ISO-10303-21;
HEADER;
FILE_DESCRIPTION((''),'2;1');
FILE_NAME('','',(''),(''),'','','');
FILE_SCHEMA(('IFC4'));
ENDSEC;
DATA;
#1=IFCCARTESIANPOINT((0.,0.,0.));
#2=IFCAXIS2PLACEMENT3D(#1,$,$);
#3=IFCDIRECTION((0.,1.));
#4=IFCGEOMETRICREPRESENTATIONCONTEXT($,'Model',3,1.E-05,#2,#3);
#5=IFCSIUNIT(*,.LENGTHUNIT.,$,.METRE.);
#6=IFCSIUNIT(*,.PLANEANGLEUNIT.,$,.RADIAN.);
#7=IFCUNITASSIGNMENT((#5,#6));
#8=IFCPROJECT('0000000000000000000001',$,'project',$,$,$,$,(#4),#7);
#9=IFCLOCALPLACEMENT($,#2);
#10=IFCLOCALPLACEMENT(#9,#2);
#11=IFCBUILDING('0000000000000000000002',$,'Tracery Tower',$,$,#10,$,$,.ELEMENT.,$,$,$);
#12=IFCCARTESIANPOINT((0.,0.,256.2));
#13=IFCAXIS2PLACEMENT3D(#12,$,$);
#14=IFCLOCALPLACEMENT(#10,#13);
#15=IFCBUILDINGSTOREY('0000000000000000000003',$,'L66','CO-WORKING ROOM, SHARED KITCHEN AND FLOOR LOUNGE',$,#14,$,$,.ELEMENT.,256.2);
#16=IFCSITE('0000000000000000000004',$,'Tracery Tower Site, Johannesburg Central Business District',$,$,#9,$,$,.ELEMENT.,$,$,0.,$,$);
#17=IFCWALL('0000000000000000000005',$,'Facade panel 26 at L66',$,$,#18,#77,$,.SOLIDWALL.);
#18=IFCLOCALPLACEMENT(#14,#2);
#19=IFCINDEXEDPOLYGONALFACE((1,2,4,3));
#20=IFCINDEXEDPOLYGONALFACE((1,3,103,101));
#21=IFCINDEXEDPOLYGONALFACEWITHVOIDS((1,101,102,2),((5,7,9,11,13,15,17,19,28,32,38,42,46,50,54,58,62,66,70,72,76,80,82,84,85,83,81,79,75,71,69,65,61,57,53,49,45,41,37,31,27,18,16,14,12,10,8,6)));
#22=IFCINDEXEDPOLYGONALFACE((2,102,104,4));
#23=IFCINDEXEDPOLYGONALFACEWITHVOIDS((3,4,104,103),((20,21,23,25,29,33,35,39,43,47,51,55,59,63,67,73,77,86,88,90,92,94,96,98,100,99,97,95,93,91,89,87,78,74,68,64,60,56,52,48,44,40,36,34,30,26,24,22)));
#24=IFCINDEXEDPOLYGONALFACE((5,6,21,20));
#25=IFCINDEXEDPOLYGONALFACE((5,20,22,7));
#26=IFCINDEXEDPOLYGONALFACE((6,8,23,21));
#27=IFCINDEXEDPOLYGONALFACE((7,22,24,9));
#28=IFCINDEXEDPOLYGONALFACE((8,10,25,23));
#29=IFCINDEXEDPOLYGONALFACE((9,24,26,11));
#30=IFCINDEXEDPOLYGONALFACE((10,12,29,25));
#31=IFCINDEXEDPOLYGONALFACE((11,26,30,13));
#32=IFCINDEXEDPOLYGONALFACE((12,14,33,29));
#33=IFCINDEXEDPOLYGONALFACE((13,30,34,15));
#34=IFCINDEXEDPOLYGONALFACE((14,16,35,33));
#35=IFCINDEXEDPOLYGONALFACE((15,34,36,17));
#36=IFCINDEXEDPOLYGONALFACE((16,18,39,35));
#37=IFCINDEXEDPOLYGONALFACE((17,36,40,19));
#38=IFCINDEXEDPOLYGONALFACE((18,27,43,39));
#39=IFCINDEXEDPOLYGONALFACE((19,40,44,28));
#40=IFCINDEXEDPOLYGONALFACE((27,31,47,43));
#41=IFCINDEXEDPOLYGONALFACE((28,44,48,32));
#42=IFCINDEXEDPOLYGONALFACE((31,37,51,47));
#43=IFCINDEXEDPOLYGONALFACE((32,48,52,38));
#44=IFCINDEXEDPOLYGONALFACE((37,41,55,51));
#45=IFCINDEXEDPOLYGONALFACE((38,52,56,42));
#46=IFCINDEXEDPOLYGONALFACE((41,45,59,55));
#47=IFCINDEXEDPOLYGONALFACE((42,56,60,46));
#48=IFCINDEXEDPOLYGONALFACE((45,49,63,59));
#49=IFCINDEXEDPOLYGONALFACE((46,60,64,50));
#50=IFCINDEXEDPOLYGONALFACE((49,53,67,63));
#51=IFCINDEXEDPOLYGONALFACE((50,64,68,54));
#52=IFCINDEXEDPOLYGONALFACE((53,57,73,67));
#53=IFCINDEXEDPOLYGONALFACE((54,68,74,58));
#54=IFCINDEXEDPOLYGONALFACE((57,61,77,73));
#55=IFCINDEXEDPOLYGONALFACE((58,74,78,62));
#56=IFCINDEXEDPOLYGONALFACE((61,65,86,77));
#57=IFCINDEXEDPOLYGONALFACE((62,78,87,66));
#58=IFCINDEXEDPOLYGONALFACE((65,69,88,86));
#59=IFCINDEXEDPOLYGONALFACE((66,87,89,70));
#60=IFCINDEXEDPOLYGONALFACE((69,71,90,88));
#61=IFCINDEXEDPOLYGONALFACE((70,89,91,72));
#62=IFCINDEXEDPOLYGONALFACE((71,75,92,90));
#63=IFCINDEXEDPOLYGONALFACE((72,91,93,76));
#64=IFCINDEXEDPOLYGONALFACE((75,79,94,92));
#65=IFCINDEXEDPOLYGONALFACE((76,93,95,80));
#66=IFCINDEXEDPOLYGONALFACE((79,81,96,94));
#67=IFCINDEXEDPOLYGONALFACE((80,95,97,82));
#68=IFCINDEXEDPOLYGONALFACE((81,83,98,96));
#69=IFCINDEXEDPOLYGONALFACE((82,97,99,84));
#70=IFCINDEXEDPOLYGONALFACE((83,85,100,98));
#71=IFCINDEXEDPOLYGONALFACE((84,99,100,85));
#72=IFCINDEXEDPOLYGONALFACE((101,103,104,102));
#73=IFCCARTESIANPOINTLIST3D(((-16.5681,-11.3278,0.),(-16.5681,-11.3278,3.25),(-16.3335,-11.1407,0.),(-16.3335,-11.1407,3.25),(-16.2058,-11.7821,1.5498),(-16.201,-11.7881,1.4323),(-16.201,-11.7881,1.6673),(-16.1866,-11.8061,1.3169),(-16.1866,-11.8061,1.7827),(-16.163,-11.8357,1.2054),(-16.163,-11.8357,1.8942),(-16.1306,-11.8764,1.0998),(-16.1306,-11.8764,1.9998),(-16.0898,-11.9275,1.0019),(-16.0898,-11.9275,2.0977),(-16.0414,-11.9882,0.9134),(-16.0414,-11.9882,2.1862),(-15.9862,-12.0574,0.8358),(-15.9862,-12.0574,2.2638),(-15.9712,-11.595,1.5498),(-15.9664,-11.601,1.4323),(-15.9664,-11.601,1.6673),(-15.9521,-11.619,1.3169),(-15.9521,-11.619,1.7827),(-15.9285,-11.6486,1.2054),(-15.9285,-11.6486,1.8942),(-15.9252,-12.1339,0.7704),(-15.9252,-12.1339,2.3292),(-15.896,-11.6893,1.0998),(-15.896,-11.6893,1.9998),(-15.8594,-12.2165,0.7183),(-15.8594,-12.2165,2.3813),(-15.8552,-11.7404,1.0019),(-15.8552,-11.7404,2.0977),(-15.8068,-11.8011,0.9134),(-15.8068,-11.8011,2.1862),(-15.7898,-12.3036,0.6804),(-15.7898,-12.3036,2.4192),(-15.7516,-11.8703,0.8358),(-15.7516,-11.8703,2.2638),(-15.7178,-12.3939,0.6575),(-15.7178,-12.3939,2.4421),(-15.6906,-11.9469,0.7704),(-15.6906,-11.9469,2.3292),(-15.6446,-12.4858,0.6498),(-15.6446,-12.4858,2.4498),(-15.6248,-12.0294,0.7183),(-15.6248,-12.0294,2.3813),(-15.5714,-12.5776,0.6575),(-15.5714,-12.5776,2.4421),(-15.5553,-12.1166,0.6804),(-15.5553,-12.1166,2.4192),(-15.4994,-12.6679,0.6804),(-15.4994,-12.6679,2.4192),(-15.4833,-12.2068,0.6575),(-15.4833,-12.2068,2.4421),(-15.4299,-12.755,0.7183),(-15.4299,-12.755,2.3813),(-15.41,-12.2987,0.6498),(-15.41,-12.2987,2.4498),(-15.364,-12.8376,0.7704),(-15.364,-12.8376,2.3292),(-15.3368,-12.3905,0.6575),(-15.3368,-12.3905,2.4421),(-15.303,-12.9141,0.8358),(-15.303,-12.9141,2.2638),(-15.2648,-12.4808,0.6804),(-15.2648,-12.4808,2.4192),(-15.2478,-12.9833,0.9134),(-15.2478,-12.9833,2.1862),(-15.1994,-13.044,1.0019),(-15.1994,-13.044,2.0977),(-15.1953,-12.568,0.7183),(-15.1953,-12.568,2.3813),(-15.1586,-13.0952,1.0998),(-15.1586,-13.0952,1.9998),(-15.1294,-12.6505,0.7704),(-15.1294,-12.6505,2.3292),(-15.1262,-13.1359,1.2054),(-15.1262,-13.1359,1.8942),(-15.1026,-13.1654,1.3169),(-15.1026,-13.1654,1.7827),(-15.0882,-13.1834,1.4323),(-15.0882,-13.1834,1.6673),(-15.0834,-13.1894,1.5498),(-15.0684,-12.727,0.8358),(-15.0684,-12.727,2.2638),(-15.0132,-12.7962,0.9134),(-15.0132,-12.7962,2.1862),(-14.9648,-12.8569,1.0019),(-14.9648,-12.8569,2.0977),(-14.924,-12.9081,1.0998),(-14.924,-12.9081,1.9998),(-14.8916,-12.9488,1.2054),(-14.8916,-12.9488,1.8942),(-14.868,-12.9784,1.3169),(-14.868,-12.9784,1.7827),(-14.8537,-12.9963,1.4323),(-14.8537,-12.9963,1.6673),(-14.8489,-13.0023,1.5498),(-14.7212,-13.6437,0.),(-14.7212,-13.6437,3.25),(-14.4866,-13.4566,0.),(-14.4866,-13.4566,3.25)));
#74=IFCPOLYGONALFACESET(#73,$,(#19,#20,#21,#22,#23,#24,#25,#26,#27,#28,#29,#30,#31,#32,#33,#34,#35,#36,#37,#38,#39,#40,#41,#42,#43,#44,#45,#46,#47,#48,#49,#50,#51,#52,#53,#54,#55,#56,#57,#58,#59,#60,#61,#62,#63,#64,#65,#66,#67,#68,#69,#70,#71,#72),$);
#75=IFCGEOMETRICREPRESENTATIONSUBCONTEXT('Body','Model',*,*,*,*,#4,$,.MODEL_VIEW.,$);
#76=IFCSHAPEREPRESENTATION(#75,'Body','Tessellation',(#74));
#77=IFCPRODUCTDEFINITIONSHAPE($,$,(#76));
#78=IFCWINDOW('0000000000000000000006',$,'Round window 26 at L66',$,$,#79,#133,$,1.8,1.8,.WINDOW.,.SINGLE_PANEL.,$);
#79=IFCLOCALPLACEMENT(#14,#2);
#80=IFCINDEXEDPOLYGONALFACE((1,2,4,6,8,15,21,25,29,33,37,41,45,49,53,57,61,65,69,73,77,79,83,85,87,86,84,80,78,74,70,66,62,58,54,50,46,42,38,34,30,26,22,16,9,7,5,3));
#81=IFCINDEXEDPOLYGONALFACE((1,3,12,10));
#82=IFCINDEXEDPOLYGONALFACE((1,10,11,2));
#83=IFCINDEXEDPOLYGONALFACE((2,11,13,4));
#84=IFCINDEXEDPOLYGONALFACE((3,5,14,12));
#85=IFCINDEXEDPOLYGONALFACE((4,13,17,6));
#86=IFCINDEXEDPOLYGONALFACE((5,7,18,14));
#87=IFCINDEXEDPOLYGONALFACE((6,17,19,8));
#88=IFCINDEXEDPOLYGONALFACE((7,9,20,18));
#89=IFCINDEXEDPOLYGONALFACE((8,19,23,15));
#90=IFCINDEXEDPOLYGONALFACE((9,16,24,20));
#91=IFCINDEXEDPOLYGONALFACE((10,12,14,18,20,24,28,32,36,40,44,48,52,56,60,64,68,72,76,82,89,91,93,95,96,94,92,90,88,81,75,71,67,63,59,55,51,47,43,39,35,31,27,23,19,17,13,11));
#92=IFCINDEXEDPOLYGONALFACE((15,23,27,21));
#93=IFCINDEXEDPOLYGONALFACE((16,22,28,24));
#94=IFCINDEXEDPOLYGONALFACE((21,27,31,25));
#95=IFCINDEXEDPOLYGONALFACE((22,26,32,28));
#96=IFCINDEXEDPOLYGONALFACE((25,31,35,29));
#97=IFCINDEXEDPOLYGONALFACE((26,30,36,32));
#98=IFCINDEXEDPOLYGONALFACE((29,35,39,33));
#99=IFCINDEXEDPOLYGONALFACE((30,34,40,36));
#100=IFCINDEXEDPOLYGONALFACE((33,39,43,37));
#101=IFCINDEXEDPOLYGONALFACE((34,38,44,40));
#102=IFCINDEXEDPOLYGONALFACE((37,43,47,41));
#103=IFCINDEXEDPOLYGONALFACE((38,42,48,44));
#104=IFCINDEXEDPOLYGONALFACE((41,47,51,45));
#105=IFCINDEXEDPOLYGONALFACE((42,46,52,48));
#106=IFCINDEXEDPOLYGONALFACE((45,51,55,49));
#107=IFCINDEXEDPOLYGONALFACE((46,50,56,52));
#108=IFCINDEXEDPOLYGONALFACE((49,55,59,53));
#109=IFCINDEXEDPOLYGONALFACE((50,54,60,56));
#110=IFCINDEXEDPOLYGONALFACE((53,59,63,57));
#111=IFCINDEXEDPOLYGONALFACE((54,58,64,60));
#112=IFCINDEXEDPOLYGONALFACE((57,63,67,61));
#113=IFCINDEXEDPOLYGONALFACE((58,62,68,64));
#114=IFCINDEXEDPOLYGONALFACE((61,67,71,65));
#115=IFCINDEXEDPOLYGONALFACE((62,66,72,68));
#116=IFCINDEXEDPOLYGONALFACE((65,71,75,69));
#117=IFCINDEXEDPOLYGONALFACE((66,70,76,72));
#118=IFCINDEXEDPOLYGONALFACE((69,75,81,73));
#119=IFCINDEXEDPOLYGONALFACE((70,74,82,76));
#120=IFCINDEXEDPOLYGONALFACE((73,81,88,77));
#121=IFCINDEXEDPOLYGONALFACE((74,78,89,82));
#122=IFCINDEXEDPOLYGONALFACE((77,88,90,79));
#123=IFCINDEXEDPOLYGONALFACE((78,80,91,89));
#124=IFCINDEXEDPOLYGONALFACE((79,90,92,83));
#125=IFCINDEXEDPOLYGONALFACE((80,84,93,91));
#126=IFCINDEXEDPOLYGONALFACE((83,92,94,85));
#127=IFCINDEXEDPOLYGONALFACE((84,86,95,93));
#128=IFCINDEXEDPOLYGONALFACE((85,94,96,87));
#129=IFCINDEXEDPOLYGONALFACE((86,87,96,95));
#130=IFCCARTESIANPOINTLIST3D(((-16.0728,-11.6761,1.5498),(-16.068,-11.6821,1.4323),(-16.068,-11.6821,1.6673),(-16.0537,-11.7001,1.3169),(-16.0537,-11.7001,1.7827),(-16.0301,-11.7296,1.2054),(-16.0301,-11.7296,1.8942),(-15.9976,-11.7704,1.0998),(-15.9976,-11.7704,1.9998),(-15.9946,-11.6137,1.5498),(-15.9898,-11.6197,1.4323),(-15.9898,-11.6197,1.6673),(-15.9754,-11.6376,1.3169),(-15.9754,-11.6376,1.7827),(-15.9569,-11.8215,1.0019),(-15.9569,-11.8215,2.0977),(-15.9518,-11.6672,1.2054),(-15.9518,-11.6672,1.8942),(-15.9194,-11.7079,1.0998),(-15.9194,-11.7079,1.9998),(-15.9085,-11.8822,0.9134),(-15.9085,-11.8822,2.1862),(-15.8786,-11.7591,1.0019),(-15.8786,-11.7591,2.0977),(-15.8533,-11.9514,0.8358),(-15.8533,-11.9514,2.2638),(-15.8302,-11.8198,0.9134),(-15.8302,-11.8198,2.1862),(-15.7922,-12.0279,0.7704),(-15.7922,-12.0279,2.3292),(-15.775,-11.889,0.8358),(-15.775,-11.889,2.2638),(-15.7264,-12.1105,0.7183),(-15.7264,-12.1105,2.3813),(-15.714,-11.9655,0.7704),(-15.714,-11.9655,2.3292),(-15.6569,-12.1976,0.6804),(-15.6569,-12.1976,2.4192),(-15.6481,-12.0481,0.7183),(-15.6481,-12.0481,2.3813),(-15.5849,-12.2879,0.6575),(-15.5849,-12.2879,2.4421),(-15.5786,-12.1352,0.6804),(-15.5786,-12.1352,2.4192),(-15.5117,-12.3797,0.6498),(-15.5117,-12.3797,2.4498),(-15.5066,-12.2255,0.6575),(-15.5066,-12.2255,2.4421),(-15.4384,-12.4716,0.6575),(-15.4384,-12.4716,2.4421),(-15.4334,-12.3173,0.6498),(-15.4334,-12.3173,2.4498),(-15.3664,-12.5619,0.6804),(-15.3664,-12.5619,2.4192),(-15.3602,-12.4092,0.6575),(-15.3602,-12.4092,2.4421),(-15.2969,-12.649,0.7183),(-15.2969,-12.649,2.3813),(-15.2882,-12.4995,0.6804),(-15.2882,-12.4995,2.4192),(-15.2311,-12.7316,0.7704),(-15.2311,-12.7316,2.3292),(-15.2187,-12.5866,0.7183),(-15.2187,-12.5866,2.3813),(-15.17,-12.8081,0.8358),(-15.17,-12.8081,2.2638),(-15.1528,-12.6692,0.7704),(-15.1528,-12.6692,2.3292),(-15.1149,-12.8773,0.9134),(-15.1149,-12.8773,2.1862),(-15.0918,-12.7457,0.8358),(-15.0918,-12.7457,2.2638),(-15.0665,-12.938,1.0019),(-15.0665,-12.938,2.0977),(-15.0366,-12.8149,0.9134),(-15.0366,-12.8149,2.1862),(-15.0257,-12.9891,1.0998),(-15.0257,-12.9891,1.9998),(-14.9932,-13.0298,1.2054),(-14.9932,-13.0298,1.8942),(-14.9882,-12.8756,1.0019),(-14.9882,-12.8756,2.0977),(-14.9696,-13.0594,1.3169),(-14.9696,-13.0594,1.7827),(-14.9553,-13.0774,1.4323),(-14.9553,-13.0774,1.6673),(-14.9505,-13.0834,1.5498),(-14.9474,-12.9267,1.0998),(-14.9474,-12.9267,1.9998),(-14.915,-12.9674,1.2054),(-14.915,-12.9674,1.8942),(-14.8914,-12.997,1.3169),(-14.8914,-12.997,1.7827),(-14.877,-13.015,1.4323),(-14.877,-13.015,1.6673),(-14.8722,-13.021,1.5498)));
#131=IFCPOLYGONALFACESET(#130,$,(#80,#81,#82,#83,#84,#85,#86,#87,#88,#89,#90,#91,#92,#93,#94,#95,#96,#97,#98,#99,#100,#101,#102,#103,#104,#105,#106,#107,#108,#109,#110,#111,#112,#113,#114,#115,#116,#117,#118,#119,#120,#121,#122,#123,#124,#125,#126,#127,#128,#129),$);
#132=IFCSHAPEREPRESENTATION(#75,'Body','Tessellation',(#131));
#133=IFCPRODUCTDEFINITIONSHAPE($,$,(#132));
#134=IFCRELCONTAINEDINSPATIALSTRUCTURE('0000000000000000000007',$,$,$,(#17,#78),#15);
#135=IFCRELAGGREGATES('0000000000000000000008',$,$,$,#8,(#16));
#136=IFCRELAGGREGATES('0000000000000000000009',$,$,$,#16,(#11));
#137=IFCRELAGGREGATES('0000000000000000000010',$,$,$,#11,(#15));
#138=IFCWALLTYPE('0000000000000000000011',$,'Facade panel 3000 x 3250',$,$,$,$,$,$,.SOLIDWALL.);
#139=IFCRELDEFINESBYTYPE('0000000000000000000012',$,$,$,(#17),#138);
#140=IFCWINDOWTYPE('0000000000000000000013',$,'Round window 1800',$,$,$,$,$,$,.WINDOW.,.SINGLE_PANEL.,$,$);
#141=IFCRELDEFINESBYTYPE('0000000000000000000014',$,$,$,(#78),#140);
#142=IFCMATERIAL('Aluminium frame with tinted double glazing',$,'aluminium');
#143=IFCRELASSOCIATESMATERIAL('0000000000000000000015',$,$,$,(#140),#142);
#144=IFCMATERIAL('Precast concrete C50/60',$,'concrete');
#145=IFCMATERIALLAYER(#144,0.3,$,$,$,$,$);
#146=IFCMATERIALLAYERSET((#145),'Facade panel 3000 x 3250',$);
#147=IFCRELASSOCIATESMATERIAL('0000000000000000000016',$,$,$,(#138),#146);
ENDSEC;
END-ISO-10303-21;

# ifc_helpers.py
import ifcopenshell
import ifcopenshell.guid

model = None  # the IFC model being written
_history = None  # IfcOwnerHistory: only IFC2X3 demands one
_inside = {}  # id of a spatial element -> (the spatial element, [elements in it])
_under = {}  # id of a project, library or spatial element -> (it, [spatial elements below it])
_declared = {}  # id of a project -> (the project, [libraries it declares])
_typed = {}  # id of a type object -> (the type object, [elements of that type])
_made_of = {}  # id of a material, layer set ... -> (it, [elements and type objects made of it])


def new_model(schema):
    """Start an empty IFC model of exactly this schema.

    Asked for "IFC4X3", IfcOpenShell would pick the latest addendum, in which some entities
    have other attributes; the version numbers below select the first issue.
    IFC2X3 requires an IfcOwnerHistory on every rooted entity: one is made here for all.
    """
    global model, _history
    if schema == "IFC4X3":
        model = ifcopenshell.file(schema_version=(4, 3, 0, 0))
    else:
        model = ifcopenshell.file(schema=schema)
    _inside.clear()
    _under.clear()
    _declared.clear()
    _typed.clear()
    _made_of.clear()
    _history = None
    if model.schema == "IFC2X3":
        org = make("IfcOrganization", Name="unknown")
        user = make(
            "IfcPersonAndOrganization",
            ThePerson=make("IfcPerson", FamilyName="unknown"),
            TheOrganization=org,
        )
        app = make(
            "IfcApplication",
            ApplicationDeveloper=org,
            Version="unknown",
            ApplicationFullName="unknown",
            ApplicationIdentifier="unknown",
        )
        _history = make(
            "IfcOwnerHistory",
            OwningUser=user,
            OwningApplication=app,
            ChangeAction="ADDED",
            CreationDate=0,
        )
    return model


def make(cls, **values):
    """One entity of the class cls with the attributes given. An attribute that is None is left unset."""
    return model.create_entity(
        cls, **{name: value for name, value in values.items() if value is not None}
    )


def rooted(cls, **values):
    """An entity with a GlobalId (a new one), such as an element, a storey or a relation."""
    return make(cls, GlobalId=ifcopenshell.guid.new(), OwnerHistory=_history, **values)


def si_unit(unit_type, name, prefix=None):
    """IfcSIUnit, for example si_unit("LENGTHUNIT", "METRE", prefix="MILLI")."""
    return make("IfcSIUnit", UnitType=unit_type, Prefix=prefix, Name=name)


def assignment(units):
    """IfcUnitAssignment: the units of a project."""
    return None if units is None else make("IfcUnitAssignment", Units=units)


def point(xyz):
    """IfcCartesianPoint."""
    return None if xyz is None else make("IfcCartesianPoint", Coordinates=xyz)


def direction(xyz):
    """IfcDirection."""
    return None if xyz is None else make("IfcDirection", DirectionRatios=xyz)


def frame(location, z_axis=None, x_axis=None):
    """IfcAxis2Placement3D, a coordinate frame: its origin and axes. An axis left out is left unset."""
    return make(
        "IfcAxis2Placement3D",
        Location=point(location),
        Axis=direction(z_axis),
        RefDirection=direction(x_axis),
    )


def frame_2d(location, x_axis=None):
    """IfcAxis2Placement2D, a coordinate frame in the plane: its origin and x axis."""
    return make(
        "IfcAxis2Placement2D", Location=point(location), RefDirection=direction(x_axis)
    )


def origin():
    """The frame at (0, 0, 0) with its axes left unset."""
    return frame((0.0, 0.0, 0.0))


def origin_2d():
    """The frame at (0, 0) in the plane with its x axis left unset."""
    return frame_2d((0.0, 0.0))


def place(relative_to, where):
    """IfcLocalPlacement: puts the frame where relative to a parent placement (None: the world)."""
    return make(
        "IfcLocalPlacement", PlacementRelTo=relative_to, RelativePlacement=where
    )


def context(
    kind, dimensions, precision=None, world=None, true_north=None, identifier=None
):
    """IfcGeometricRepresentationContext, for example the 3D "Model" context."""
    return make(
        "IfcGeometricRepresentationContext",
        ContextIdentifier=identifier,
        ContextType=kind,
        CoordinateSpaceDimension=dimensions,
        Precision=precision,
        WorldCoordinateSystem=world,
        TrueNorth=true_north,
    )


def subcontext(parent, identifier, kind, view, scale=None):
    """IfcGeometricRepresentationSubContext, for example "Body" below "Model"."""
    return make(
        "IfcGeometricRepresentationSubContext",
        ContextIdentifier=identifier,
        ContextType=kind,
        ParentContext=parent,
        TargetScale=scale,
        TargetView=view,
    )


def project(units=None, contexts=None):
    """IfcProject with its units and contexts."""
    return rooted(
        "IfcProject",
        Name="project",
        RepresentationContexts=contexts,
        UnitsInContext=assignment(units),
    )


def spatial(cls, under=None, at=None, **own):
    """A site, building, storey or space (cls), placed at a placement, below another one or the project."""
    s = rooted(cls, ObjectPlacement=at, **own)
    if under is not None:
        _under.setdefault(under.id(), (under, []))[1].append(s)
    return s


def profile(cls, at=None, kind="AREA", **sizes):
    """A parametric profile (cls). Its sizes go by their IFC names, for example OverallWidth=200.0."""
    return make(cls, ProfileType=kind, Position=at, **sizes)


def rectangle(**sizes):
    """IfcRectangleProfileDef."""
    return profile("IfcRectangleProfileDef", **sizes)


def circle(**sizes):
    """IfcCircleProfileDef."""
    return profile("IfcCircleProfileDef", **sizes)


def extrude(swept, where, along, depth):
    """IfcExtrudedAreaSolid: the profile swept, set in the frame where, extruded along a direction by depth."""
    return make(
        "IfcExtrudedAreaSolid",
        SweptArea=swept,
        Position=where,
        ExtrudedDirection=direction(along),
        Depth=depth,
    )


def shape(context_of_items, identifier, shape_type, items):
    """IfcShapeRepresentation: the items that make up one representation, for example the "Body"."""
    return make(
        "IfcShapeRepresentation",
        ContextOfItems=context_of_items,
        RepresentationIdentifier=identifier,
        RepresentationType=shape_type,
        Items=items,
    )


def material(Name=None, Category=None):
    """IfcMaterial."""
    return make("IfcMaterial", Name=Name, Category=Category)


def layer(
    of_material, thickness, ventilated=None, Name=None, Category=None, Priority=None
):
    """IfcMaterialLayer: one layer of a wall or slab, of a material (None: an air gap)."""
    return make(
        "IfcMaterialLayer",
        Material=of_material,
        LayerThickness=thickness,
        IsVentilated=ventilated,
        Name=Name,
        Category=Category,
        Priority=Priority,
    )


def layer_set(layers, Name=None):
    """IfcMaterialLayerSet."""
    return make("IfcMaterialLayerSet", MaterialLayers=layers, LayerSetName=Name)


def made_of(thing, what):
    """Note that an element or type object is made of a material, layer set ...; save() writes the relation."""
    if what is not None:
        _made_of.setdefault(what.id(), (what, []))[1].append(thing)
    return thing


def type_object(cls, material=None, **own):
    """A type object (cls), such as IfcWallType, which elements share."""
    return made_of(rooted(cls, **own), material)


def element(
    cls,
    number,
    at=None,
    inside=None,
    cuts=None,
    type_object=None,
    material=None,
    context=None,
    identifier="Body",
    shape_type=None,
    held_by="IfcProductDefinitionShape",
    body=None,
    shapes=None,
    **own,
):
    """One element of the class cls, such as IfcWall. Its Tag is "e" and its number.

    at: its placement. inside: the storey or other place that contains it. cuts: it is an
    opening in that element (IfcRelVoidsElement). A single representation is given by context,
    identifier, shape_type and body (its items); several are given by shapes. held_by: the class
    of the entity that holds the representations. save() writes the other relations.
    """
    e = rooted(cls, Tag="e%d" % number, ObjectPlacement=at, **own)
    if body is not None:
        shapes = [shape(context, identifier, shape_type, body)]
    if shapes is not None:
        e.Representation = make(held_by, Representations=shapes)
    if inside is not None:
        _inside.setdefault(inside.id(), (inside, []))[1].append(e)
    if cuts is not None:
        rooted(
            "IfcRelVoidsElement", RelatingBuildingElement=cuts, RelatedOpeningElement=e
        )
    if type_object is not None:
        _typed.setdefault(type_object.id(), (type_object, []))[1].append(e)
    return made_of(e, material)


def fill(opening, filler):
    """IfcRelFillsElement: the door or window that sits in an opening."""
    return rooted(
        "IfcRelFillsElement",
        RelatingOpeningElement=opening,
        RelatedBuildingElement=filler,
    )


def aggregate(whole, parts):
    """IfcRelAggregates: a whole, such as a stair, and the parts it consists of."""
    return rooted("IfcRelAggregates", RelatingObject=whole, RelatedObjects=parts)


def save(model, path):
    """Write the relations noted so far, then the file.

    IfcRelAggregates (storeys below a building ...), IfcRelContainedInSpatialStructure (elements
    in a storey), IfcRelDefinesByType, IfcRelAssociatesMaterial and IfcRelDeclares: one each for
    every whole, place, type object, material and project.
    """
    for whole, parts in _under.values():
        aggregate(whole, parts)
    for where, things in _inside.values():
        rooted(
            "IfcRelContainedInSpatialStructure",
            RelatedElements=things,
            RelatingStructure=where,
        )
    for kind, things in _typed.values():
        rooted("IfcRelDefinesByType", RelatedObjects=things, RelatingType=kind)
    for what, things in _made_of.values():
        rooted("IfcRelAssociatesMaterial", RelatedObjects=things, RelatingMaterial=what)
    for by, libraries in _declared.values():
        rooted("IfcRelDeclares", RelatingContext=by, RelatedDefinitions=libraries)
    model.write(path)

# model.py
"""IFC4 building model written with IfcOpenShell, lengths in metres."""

from ifc_helpers import new_model, si_unit, direction, frame, frame_2d, origin, origin_2d, place, context, subcontext, project, spatial, rectangle, circle, extrude, material, layer, layer_set, type_object, element, fill, save


model = new_model("IFC4")

# Units and contexts
model_context = context("Model", 3, precision=1e-05, world=origin(), true_north=direction((0.0, 1.0)))
body_context = subcontext(model_context, "Body", "Model", "MODEL_VIEW")
ifc_project = project(units=[si_unit("LENGTHUNIT", "METRE"), si_unit("PLANEANGLEUNIT", "RADIAN")], contexts=[model_context])

# Site, building, storey
site_placement = place(None, origin())
site = spatial("IfcSite", under=ifc_project, at=site_placement, Name="Tracery Tower Site, Johannesburg Central Business District", CompositionType="ELEMENT", RefElevation=0.0)
building_placement = place(site_placement, origin())
building = spatial("IfcBuilding", under=site, at=building_placement, Name="Tracery Tower", CompositionType="ELEMENT")
storey_placement = place(building_placement, frame((0.0, 0.0, 256.2)))
storey = spatial("IfcBuildingStorey", under=building, at=storey_placement, Name="L66", Description="CO-WORKING ROOM, SHARED KITCHEN AND FLOOR LOUNGE", CompositionType="ELEMENT", Elevation=256.2)

# Wall, opening, window
ifc_material_1 = material(Name="Aluminium frame with tinted double glazing", Category="aluminium")
window_type = type_object("IfcWindowType", Name="Round window 1800", PartitioningType="SINGLE_PANEL", PredefinedType="WINDOW", material=ifc_material_1)
ifc_material_2 = material(Name="Precast concrete C50/60", Category="concrete")
ifc_layer_1 = layer(ifc_material_2, 0.3)
ifc_layer_set_1 = layer_set([ifc_layer_1], Name="Facade panel 3000 x 3250")
wall_type_1 = type_object("IfcWallType", Name="Facade panel 3000 x 3250", PredefinedType="SOLIDWALL", material=ifc_layer_set_1)
wall_1_placement = place(storey_placement, frame((-16.4507, -11.2344, 0.0), z_axis=(0.0, 0.0, 1.0), x_axis=(0.623498, -0.781825, 0.0)))
wall_1 = element("IfcWall", 1, at=wall_1_placement, inside=storey, type_object=wall_type_1, Name="Facade panel 26 at L66", PredefinedType="SOLIDWALL", context=body_context, shape_type="SweptSolid", body=[
    extrude(rectangle(XDim=2.9622, YDim=0.3, at=frame_2d((1.481, 0.0))), origin(), (0.0, 0.0, 1.0), 3.25),
])
opening_1_placement = place(wall_1_placement, frame((1.481, 0.0, 1.5498)))
opening_1 = element("IfcOpeningElement", 2, at=opening_1_placement, cuts=wall_1, PredefinedType="OPENING", context=body_context, shape_type="SweptSolid", body=[
    extrude(circle(Radius=0.9, at=origin_2d()), frame((0.0, 0.1599, 0.0), z_axis=(0.0, -1.0, 0.0), x_axis=(1.0, 0.0, 0.0)), (0.0, 0.0, 1.0), 0.3201),
])
window_1_placement = place(opening_1_placement, origin())
window_1 = element("IfcWindow", 3, at=window_1_placement, inside=storey, type_object=window_type, Name="Round window 26 at L66", OverallHeight=1.8, OverallWidth=1.8, PartitioningType="SINGLE_PANEL", PredefinedType="WINDOW", context=body_context, shape_type="SweptSolid", body=[
    extrude(circle(Radius=0.9, at=origin_2d()), frame((0.0, 0.1201, 0.0), z_axis=(0.0, -1.0, 0.0), x_axis=(1.0, 0.0, 0.0)), (0.0, 0.0, 1.0), 0.1001),
])
fill(opening_1, window_1)

save(model, "model.ifc")
